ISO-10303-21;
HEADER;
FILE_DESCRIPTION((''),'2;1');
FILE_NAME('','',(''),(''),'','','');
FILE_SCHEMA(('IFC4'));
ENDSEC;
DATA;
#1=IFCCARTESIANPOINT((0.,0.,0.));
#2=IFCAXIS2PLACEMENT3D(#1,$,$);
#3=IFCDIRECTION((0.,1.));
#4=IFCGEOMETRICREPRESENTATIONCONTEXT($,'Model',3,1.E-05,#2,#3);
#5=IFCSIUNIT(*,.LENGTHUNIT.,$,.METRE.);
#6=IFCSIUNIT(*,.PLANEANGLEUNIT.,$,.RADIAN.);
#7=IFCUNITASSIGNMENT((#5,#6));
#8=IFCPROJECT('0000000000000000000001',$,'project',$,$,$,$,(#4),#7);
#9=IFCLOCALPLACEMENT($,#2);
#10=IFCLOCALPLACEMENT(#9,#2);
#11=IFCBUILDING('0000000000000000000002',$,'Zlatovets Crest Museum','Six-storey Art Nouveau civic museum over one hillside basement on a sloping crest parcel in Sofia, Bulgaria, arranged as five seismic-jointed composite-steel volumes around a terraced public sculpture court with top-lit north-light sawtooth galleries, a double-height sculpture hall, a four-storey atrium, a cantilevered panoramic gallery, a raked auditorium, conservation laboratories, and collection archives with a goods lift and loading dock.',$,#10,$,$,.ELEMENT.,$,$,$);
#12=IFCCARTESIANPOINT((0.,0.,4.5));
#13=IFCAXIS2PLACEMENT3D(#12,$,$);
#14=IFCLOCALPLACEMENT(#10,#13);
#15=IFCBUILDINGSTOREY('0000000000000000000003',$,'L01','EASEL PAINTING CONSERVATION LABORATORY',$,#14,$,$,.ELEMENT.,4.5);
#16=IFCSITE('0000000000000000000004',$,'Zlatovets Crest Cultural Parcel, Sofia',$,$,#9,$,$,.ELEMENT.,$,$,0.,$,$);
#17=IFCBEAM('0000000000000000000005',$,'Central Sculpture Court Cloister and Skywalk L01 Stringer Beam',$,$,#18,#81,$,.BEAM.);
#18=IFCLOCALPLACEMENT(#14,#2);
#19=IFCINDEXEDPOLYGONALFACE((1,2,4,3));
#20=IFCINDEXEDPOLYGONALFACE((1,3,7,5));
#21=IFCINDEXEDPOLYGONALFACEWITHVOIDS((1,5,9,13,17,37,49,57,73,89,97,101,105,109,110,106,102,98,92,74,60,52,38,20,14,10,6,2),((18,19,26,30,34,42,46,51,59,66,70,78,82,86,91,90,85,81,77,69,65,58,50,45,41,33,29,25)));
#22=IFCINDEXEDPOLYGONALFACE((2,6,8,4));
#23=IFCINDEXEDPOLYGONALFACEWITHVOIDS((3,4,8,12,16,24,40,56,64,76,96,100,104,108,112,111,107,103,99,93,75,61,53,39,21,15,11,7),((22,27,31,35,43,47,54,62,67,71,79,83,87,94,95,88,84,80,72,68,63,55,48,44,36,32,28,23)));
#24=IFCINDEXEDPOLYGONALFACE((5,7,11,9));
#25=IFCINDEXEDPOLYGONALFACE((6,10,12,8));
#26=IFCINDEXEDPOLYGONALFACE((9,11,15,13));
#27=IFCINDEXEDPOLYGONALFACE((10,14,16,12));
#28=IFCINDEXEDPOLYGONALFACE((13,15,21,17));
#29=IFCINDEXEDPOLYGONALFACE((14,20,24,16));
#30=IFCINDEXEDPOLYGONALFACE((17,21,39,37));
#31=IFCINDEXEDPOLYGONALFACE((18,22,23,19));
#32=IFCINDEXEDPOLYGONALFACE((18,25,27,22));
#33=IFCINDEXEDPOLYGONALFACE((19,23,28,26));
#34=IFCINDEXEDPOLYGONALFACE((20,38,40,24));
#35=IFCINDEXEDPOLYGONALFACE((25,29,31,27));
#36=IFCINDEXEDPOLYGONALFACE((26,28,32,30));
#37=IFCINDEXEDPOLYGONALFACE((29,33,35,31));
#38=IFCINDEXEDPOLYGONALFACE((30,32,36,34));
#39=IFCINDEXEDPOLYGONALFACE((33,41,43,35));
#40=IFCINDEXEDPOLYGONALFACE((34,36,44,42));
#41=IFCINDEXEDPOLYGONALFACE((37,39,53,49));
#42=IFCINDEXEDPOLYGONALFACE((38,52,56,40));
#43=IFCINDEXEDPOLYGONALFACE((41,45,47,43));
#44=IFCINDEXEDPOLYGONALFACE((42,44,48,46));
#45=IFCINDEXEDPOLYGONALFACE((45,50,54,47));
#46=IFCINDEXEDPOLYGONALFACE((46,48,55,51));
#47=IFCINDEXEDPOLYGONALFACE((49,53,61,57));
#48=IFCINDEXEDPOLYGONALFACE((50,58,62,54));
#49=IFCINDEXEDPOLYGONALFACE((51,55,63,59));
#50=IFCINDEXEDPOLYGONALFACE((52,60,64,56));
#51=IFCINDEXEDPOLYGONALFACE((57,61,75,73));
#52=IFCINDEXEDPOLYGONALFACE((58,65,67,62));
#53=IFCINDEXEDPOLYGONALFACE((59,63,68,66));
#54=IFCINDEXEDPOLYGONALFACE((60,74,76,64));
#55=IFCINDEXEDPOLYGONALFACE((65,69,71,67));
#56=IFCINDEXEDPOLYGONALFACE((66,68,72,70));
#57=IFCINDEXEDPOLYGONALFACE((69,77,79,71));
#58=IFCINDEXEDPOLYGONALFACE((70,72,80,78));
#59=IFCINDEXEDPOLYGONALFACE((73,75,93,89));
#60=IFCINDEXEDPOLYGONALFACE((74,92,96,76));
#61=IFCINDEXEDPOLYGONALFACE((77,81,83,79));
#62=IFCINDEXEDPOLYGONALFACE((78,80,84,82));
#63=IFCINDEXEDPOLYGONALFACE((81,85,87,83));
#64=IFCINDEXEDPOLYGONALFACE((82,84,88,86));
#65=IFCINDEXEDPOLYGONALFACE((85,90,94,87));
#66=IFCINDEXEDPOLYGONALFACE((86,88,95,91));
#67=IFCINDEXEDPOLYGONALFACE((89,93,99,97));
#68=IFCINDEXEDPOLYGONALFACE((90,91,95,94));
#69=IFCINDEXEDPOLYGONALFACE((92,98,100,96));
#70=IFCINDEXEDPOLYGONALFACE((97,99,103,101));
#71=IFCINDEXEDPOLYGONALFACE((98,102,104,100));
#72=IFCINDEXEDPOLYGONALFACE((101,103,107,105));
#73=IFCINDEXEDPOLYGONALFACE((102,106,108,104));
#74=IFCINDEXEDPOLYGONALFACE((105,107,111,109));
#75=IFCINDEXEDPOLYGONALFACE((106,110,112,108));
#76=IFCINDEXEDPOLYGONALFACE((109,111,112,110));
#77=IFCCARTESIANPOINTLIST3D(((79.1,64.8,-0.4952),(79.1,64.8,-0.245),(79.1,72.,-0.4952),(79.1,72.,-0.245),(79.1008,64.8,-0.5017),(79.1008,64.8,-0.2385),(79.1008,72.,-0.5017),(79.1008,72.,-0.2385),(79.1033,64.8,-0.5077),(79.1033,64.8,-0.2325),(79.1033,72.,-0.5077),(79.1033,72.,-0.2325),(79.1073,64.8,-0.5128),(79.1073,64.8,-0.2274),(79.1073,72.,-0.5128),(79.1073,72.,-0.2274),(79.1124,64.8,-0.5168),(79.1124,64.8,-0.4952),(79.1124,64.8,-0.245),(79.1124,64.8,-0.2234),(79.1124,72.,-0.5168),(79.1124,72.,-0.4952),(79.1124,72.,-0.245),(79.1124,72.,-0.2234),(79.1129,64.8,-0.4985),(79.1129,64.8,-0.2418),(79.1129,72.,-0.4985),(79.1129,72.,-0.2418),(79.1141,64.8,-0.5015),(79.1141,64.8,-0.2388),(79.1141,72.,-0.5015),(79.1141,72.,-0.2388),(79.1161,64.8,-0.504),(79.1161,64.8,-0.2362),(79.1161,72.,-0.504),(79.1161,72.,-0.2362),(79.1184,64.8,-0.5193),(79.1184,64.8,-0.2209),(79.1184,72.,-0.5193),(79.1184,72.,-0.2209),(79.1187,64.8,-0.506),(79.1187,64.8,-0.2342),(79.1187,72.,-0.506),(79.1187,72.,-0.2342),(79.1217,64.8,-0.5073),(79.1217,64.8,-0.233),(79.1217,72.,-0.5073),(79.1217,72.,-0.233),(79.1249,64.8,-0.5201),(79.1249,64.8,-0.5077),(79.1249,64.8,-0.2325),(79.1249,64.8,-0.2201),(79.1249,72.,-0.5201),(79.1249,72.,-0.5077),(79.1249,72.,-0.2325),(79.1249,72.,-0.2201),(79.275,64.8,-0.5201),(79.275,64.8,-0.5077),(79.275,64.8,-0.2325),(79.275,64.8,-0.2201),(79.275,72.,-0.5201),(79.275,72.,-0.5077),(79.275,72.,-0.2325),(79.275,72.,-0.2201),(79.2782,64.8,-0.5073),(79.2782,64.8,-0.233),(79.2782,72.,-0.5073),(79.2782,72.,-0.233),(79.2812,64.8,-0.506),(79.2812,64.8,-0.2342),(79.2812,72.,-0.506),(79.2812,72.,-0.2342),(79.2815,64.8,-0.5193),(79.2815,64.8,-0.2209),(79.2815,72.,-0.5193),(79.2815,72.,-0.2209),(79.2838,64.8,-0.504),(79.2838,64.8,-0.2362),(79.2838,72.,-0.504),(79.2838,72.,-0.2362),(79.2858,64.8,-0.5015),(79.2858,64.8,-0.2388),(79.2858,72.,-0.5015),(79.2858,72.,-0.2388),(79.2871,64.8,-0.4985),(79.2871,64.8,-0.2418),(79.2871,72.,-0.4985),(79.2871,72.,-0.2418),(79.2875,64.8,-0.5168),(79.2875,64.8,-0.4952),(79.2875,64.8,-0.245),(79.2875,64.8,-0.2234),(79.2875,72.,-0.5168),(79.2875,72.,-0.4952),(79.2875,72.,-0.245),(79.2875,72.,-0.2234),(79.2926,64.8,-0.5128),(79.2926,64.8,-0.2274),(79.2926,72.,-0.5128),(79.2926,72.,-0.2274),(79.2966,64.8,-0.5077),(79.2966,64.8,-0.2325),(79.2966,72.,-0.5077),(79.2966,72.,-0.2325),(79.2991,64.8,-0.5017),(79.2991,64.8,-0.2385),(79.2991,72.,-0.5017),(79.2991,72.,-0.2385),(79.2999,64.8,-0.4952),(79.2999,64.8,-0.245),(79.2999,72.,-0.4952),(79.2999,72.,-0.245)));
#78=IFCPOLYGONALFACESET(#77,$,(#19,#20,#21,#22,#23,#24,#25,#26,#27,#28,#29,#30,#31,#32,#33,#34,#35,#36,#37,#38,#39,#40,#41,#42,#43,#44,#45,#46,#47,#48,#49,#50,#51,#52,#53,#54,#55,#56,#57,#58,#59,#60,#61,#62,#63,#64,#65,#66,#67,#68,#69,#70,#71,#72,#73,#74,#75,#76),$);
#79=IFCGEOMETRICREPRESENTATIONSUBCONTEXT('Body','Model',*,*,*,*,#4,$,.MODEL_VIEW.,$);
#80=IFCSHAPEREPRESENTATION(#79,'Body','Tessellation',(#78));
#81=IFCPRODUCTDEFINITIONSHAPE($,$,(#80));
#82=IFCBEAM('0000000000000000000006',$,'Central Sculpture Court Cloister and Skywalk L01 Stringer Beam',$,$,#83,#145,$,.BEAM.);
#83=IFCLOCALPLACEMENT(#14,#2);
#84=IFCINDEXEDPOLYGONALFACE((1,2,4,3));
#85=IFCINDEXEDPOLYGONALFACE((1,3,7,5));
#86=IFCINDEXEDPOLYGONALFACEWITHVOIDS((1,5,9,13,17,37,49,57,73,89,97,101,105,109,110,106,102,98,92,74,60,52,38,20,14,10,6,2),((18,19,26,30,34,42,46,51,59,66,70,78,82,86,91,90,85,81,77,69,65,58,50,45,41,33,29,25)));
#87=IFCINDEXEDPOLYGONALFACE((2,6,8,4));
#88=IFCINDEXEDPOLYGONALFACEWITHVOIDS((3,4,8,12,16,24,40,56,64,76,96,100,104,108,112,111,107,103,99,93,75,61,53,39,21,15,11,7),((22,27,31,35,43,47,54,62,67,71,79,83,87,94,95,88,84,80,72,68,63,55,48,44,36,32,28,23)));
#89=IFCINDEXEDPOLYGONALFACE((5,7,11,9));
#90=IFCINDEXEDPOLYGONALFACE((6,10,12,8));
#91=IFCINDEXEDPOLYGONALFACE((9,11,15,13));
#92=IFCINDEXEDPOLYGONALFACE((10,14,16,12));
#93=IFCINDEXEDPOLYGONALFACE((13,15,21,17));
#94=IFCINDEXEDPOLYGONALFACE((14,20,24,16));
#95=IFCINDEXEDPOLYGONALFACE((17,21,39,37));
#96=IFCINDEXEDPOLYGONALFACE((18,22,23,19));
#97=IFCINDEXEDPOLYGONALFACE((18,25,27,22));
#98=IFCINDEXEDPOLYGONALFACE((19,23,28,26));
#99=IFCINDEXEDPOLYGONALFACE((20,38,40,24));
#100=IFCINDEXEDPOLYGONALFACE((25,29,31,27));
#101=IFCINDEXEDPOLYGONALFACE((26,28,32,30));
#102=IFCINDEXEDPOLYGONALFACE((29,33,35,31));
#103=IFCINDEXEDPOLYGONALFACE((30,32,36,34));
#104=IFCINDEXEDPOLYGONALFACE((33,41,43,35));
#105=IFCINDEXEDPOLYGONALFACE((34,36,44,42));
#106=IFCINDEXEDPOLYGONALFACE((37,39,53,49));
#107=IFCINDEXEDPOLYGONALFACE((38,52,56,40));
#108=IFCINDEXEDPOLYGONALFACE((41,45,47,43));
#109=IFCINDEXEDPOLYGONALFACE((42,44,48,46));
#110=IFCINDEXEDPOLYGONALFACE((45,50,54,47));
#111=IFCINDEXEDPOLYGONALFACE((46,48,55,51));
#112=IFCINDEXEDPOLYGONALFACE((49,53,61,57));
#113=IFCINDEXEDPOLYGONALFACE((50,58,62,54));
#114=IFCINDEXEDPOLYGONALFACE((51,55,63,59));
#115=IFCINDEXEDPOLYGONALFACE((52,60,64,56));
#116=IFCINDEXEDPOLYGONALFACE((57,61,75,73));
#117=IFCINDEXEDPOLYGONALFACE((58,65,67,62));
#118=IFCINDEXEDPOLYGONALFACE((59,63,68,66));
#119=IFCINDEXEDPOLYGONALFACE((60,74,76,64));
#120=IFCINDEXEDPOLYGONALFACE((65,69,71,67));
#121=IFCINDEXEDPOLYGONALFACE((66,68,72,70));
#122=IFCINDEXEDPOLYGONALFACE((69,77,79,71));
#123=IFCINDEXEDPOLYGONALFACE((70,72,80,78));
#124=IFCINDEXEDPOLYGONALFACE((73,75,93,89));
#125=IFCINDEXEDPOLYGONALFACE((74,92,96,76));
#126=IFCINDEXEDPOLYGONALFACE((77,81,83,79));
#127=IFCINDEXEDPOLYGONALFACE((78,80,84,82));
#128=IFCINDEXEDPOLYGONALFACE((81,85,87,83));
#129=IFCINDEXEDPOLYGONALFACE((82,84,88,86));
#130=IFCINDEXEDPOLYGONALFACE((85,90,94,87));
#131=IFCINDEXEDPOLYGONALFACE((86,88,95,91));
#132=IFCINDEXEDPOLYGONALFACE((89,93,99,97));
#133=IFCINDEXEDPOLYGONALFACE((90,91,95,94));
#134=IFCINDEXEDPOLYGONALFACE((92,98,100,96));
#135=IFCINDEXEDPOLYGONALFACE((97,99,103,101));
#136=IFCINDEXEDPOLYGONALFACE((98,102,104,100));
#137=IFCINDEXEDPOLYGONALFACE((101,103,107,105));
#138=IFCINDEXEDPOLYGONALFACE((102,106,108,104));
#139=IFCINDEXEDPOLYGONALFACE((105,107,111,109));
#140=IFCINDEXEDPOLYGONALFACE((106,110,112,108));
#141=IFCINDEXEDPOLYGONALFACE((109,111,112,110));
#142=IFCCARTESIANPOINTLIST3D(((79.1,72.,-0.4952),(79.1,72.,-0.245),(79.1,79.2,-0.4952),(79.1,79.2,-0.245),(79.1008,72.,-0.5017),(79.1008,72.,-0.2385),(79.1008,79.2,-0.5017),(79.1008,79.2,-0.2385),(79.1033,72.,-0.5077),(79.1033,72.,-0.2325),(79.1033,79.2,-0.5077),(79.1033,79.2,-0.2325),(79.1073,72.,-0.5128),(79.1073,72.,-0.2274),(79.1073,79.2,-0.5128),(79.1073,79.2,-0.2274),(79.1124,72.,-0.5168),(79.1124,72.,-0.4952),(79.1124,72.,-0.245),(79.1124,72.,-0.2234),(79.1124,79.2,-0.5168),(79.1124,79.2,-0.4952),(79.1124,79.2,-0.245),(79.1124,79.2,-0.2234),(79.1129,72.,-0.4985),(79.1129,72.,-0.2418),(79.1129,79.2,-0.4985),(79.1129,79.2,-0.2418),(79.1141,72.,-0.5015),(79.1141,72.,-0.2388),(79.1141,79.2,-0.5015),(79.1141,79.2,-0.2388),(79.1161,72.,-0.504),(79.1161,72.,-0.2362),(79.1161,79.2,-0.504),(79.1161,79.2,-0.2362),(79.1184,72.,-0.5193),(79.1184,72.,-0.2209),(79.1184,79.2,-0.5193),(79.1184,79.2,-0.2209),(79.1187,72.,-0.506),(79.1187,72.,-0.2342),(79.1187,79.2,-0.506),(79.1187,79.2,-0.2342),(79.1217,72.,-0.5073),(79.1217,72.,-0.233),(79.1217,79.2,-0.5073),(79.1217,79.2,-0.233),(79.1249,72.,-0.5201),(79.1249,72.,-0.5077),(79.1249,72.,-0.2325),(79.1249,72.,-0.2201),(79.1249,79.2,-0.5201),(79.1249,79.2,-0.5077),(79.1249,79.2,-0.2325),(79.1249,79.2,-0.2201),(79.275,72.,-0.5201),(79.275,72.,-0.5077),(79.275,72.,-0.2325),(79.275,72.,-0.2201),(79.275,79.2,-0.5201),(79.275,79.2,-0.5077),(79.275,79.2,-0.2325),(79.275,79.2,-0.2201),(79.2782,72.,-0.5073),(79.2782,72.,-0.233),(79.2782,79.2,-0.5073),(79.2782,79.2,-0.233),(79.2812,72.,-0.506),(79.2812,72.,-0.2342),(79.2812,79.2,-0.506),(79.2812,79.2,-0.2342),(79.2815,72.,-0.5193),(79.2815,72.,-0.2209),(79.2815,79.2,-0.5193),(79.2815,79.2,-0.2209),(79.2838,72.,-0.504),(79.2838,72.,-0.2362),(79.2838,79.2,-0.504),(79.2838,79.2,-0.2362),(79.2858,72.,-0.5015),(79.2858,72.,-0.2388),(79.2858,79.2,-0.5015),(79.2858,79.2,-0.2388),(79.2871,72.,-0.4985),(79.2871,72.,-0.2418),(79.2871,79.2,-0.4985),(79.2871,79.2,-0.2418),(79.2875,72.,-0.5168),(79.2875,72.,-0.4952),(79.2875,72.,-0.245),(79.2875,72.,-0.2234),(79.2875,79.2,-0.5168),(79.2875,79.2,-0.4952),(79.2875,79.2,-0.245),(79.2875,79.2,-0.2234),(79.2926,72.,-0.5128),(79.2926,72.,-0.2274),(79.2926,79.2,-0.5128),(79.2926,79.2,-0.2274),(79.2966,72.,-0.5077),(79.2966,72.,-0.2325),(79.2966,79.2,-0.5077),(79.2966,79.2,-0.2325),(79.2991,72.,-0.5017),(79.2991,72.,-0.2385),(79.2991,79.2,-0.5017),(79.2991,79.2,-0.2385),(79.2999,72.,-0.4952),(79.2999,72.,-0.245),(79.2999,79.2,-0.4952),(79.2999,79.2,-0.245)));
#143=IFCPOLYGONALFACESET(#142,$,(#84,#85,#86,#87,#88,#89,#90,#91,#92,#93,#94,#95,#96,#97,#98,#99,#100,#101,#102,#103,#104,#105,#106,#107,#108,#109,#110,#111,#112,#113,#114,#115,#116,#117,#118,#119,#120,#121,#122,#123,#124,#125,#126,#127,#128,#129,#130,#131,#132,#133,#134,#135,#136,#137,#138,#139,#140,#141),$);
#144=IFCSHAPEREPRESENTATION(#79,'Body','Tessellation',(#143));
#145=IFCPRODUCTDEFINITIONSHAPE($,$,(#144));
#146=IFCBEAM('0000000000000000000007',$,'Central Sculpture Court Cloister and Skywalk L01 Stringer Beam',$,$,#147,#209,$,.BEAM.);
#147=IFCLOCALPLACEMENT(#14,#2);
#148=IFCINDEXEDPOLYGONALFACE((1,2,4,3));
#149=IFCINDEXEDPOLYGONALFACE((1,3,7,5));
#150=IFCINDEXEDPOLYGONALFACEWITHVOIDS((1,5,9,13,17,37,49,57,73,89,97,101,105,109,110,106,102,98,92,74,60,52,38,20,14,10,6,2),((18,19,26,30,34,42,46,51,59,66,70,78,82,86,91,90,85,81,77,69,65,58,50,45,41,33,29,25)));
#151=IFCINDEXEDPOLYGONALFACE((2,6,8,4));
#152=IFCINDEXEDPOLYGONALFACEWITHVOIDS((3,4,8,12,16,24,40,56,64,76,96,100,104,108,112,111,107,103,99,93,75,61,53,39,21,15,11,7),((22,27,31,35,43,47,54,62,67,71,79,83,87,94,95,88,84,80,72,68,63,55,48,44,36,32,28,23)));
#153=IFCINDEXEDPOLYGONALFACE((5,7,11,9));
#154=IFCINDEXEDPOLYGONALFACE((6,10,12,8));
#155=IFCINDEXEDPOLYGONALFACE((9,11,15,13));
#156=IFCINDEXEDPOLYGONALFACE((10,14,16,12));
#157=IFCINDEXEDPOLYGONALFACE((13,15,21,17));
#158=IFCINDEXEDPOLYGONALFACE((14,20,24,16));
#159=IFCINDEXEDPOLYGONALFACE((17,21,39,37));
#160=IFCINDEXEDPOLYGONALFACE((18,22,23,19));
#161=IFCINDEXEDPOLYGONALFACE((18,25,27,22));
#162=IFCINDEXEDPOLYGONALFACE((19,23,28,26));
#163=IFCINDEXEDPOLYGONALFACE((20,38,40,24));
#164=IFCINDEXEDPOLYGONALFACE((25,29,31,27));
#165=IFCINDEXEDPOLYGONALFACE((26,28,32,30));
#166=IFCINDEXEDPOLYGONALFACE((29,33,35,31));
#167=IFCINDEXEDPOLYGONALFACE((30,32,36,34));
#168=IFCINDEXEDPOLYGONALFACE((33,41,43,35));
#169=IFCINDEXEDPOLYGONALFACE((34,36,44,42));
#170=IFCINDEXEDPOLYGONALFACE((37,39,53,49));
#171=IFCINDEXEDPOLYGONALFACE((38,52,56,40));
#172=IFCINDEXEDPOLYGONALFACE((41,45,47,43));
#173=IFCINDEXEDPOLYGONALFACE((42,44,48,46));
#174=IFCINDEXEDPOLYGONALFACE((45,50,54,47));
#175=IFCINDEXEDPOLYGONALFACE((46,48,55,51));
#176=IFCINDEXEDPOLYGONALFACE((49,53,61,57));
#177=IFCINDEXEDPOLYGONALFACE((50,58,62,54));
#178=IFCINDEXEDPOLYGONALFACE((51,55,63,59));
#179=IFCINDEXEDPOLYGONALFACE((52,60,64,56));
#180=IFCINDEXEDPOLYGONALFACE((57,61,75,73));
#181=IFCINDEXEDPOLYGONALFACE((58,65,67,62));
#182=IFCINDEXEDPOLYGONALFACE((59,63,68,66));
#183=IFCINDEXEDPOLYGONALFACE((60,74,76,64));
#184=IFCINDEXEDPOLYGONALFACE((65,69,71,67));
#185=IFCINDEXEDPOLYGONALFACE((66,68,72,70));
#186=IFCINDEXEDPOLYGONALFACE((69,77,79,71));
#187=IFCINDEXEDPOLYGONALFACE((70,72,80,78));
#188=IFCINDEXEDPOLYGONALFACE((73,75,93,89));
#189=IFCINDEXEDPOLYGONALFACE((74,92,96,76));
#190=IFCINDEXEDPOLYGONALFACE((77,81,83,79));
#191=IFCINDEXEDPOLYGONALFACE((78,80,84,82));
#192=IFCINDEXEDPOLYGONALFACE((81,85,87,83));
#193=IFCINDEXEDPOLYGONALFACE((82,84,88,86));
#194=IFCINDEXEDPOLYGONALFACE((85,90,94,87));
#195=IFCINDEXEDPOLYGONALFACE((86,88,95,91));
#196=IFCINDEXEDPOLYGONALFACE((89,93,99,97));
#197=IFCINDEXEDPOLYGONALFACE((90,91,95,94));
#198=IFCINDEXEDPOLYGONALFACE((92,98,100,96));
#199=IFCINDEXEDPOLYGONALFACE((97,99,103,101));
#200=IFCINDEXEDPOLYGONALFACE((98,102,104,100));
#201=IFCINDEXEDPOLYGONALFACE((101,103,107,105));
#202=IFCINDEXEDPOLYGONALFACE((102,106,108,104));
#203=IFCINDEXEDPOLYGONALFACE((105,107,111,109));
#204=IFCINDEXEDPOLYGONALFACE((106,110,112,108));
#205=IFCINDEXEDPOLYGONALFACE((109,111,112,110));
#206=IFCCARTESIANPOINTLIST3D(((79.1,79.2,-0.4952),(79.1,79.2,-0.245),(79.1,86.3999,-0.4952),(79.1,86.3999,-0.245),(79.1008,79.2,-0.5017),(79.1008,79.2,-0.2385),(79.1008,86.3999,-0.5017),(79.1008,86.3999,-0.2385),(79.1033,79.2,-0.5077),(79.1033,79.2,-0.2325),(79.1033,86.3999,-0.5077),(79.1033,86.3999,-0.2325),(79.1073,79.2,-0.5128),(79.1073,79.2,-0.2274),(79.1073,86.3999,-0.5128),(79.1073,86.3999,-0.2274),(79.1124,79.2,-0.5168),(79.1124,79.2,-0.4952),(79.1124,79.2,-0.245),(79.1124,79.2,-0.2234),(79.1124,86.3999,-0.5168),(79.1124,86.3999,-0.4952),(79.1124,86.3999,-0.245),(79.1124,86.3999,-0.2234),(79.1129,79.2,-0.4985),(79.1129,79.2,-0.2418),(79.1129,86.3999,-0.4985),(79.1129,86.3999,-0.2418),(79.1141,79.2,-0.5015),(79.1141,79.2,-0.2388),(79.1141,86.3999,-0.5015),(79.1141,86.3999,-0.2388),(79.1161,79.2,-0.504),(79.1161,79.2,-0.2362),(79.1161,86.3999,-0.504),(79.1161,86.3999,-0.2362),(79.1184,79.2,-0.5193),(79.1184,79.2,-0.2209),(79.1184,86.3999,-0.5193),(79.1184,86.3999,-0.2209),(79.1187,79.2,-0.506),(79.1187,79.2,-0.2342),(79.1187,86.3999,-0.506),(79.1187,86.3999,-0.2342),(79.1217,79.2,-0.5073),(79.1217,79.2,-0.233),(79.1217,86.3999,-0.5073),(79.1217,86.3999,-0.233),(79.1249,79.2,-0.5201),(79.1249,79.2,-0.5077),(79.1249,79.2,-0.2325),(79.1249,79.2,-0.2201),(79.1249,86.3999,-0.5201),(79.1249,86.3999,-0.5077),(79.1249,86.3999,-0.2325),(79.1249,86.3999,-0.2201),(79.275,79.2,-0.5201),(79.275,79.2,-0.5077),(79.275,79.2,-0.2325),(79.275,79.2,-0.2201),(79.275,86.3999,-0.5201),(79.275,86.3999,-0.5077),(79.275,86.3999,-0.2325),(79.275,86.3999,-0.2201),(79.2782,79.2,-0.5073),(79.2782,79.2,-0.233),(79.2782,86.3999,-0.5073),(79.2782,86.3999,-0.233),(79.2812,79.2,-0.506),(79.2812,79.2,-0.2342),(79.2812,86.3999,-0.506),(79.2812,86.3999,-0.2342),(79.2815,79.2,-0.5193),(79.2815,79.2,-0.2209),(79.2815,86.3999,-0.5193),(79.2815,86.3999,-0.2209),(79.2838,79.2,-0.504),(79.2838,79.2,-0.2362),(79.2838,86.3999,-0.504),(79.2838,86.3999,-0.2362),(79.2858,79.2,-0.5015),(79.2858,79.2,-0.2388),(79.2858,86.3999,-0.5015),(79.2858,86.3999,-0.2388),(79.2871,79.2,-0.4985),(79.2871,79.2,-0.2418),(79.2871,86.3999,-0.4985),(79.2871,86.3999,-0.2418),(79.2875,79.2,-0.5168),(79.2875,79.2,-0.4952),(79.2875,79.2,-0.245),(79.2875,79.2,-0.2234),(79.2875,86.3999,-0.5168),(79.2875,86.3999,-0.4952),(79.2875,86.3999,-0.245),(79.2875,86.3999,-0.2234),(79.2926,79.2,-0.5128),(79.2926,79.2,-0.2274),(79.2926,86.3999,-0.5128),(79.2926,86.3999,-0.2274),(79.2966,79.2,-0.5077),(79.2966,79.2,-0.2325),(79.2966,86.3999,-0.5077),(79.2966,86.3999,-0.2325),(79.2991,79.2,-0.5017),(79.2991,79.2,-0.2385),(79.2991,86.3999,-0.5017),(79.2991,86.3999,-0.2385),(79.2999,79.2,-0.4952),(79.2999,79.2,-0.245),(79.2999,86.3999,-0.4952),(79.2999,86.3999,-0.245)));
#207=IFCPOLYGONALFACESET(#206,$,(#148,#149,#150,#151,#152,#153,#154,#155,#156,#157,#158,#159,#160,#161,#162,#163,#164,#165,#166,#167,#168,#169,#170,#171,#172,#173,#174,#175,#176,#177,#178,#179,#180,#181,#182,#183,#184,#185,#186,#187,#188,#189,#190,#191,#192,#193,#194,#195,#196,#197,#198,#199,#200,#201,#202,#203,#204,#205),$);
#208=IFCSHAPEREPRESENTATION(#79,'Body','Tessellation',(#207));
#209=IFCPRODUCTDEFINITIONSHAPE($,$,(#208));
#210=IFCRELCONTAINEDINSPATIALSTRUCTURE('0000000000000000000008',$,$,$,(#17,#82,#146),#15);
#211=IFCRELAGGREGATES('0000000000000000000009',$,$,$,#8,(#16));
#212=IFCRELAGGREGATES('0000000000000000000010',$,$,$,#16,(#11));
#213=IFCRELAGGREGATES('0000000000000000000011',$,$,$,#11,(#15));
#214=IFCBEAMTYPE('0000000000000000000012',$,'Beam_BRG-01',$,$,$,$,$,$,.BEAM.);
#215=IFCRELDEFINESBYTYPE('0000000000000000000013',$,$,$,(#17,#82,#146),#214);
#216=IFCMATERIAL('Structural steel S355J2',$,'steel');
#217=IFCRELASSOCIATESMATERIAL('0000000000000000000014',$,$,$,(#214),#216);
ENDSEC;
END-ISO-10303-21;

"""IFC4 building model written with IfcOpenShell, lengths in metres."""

from ifc_helpers import new_model, si_unit, direction, frame, origin, origin_2d, place, context, subcontext, project, spatial, hollow_rectangle, extrude, material, material_profile, profile_set, type_object, element, save


model = new_model("IFC4")

# Units and contexts
model_context = context("Model", 3, precision=1e-05, world=origin(), true_north=direction((0.0, 1.0)))
body_context = subcontext(model_context, "Body", "Model", "MODEL_VIEW")
ifc_project = project(units=[si_unit("LENGTHUNIT", "METRE"), si_unit("PLANEANGLEUNIT", "RADIAN")], contexts=[model_context])

# Site, building, storey
site_placement = place(None, origin())
site = spatial("IfcSite", under=ifc_project, at=site_placement, Name="Zlatovets Crest Cultural Parcel, Sofia", CompositionType="ELEMENT", RefElevation=0.0)
building_placement = place(site_placement, origin())
building = spatial("IfcBuilding", under=site, at=building_placement, Name="Zlatovets Crest Museum", Description="Six-storey Art Nouveau civic museum over one hillside basement on a sloping crest parcel in Sofia, Bulgaria, arranged as five seismic-jointed composite-steel volumes around a terraced public sculpture court with top-lit north-light sawtooth galleries, a double-height sculpture hall, a four-storey atrium, a cantilevered panoramic gallery, a raked auditorium, conservation laboratories, and collection archives with a goods lift and loading dock.", CompositionType="ELEMENT")
storey_placement = place(building_placement, frame((0.0, 0.0, 4.5)))
storey = spatial("IfcBuildingStorey", under=building, at=storey_placement, Name="L01", Description="EASEL PAINTING CONSERVATION LABORATORY", CompositionType="ELEMENT", Elevation=4.5)

# Shared definitions
ifc_material_1 = material(Name="Structural steel S355J2", Category="steel")

# Beams
ifc_material_profile_1 = material_profile(ifc_material_1, hollow_rectangle(XDim=0.2, YDim=0.3, WallThickness=0.0125, InnerFilletRadius=0.0125, OuterFilletRadius=0.0249, at=origin_2d()), Name="RHS 200x300x12.5")
ifc_profile_set_1 = profile_set([ifc_material_profile_1], Name="Structural steel S355J2")
beam_type_1 = type_object("IfcBeamType", Name="Beam_BRG-01", PredefinedType="BEAM", material=ifc_profile_set_1)
for number, where, z_axis, x_axis, name in (
    (1, (79.2, 64.8, -0.3701), (0.0, 1.0, 0.0), (-1.0, 0.0, 0.0), "Central Sculpture Court Cloister and Skywalk L01 Stringer Beam"),
    (2, (79.2, 72.0, -0.3701), (0.0, 1.0, 0.0), (-1.0, 0.0, 0.0), "Central Sculpture Court Cloister and Skywalk L01 Stringer Beam"),
    (3, (79.2, 79.2, -0.3701), (0.0, 1.0, 0.0), (-1.0, 0.0, 0.0), "Central Sculpture Court Cloister and Skywalk L01 Stringer Beam"),
):
    element("IfcBeam", number, at=place(storey_placement, frame(where, z_axis=z_axis, x_axis=x_axis)), inside=storey, type_object=beam_type_1, Name=name, PredefinedType="BEAM", context=body_context, shape_type="SweptSolid", body=[
        extrude(hollow_rectangle(XDim=0.2, YDim=0.3, WallThickness=0.0125, InnerFilletRadius=0.0125, OuterFilletRadius=0.0249, at=origin_2d()), origin(), (0.0, 0.0, 1.0), 7.2),
    ])

save(model, "model.ifc")
